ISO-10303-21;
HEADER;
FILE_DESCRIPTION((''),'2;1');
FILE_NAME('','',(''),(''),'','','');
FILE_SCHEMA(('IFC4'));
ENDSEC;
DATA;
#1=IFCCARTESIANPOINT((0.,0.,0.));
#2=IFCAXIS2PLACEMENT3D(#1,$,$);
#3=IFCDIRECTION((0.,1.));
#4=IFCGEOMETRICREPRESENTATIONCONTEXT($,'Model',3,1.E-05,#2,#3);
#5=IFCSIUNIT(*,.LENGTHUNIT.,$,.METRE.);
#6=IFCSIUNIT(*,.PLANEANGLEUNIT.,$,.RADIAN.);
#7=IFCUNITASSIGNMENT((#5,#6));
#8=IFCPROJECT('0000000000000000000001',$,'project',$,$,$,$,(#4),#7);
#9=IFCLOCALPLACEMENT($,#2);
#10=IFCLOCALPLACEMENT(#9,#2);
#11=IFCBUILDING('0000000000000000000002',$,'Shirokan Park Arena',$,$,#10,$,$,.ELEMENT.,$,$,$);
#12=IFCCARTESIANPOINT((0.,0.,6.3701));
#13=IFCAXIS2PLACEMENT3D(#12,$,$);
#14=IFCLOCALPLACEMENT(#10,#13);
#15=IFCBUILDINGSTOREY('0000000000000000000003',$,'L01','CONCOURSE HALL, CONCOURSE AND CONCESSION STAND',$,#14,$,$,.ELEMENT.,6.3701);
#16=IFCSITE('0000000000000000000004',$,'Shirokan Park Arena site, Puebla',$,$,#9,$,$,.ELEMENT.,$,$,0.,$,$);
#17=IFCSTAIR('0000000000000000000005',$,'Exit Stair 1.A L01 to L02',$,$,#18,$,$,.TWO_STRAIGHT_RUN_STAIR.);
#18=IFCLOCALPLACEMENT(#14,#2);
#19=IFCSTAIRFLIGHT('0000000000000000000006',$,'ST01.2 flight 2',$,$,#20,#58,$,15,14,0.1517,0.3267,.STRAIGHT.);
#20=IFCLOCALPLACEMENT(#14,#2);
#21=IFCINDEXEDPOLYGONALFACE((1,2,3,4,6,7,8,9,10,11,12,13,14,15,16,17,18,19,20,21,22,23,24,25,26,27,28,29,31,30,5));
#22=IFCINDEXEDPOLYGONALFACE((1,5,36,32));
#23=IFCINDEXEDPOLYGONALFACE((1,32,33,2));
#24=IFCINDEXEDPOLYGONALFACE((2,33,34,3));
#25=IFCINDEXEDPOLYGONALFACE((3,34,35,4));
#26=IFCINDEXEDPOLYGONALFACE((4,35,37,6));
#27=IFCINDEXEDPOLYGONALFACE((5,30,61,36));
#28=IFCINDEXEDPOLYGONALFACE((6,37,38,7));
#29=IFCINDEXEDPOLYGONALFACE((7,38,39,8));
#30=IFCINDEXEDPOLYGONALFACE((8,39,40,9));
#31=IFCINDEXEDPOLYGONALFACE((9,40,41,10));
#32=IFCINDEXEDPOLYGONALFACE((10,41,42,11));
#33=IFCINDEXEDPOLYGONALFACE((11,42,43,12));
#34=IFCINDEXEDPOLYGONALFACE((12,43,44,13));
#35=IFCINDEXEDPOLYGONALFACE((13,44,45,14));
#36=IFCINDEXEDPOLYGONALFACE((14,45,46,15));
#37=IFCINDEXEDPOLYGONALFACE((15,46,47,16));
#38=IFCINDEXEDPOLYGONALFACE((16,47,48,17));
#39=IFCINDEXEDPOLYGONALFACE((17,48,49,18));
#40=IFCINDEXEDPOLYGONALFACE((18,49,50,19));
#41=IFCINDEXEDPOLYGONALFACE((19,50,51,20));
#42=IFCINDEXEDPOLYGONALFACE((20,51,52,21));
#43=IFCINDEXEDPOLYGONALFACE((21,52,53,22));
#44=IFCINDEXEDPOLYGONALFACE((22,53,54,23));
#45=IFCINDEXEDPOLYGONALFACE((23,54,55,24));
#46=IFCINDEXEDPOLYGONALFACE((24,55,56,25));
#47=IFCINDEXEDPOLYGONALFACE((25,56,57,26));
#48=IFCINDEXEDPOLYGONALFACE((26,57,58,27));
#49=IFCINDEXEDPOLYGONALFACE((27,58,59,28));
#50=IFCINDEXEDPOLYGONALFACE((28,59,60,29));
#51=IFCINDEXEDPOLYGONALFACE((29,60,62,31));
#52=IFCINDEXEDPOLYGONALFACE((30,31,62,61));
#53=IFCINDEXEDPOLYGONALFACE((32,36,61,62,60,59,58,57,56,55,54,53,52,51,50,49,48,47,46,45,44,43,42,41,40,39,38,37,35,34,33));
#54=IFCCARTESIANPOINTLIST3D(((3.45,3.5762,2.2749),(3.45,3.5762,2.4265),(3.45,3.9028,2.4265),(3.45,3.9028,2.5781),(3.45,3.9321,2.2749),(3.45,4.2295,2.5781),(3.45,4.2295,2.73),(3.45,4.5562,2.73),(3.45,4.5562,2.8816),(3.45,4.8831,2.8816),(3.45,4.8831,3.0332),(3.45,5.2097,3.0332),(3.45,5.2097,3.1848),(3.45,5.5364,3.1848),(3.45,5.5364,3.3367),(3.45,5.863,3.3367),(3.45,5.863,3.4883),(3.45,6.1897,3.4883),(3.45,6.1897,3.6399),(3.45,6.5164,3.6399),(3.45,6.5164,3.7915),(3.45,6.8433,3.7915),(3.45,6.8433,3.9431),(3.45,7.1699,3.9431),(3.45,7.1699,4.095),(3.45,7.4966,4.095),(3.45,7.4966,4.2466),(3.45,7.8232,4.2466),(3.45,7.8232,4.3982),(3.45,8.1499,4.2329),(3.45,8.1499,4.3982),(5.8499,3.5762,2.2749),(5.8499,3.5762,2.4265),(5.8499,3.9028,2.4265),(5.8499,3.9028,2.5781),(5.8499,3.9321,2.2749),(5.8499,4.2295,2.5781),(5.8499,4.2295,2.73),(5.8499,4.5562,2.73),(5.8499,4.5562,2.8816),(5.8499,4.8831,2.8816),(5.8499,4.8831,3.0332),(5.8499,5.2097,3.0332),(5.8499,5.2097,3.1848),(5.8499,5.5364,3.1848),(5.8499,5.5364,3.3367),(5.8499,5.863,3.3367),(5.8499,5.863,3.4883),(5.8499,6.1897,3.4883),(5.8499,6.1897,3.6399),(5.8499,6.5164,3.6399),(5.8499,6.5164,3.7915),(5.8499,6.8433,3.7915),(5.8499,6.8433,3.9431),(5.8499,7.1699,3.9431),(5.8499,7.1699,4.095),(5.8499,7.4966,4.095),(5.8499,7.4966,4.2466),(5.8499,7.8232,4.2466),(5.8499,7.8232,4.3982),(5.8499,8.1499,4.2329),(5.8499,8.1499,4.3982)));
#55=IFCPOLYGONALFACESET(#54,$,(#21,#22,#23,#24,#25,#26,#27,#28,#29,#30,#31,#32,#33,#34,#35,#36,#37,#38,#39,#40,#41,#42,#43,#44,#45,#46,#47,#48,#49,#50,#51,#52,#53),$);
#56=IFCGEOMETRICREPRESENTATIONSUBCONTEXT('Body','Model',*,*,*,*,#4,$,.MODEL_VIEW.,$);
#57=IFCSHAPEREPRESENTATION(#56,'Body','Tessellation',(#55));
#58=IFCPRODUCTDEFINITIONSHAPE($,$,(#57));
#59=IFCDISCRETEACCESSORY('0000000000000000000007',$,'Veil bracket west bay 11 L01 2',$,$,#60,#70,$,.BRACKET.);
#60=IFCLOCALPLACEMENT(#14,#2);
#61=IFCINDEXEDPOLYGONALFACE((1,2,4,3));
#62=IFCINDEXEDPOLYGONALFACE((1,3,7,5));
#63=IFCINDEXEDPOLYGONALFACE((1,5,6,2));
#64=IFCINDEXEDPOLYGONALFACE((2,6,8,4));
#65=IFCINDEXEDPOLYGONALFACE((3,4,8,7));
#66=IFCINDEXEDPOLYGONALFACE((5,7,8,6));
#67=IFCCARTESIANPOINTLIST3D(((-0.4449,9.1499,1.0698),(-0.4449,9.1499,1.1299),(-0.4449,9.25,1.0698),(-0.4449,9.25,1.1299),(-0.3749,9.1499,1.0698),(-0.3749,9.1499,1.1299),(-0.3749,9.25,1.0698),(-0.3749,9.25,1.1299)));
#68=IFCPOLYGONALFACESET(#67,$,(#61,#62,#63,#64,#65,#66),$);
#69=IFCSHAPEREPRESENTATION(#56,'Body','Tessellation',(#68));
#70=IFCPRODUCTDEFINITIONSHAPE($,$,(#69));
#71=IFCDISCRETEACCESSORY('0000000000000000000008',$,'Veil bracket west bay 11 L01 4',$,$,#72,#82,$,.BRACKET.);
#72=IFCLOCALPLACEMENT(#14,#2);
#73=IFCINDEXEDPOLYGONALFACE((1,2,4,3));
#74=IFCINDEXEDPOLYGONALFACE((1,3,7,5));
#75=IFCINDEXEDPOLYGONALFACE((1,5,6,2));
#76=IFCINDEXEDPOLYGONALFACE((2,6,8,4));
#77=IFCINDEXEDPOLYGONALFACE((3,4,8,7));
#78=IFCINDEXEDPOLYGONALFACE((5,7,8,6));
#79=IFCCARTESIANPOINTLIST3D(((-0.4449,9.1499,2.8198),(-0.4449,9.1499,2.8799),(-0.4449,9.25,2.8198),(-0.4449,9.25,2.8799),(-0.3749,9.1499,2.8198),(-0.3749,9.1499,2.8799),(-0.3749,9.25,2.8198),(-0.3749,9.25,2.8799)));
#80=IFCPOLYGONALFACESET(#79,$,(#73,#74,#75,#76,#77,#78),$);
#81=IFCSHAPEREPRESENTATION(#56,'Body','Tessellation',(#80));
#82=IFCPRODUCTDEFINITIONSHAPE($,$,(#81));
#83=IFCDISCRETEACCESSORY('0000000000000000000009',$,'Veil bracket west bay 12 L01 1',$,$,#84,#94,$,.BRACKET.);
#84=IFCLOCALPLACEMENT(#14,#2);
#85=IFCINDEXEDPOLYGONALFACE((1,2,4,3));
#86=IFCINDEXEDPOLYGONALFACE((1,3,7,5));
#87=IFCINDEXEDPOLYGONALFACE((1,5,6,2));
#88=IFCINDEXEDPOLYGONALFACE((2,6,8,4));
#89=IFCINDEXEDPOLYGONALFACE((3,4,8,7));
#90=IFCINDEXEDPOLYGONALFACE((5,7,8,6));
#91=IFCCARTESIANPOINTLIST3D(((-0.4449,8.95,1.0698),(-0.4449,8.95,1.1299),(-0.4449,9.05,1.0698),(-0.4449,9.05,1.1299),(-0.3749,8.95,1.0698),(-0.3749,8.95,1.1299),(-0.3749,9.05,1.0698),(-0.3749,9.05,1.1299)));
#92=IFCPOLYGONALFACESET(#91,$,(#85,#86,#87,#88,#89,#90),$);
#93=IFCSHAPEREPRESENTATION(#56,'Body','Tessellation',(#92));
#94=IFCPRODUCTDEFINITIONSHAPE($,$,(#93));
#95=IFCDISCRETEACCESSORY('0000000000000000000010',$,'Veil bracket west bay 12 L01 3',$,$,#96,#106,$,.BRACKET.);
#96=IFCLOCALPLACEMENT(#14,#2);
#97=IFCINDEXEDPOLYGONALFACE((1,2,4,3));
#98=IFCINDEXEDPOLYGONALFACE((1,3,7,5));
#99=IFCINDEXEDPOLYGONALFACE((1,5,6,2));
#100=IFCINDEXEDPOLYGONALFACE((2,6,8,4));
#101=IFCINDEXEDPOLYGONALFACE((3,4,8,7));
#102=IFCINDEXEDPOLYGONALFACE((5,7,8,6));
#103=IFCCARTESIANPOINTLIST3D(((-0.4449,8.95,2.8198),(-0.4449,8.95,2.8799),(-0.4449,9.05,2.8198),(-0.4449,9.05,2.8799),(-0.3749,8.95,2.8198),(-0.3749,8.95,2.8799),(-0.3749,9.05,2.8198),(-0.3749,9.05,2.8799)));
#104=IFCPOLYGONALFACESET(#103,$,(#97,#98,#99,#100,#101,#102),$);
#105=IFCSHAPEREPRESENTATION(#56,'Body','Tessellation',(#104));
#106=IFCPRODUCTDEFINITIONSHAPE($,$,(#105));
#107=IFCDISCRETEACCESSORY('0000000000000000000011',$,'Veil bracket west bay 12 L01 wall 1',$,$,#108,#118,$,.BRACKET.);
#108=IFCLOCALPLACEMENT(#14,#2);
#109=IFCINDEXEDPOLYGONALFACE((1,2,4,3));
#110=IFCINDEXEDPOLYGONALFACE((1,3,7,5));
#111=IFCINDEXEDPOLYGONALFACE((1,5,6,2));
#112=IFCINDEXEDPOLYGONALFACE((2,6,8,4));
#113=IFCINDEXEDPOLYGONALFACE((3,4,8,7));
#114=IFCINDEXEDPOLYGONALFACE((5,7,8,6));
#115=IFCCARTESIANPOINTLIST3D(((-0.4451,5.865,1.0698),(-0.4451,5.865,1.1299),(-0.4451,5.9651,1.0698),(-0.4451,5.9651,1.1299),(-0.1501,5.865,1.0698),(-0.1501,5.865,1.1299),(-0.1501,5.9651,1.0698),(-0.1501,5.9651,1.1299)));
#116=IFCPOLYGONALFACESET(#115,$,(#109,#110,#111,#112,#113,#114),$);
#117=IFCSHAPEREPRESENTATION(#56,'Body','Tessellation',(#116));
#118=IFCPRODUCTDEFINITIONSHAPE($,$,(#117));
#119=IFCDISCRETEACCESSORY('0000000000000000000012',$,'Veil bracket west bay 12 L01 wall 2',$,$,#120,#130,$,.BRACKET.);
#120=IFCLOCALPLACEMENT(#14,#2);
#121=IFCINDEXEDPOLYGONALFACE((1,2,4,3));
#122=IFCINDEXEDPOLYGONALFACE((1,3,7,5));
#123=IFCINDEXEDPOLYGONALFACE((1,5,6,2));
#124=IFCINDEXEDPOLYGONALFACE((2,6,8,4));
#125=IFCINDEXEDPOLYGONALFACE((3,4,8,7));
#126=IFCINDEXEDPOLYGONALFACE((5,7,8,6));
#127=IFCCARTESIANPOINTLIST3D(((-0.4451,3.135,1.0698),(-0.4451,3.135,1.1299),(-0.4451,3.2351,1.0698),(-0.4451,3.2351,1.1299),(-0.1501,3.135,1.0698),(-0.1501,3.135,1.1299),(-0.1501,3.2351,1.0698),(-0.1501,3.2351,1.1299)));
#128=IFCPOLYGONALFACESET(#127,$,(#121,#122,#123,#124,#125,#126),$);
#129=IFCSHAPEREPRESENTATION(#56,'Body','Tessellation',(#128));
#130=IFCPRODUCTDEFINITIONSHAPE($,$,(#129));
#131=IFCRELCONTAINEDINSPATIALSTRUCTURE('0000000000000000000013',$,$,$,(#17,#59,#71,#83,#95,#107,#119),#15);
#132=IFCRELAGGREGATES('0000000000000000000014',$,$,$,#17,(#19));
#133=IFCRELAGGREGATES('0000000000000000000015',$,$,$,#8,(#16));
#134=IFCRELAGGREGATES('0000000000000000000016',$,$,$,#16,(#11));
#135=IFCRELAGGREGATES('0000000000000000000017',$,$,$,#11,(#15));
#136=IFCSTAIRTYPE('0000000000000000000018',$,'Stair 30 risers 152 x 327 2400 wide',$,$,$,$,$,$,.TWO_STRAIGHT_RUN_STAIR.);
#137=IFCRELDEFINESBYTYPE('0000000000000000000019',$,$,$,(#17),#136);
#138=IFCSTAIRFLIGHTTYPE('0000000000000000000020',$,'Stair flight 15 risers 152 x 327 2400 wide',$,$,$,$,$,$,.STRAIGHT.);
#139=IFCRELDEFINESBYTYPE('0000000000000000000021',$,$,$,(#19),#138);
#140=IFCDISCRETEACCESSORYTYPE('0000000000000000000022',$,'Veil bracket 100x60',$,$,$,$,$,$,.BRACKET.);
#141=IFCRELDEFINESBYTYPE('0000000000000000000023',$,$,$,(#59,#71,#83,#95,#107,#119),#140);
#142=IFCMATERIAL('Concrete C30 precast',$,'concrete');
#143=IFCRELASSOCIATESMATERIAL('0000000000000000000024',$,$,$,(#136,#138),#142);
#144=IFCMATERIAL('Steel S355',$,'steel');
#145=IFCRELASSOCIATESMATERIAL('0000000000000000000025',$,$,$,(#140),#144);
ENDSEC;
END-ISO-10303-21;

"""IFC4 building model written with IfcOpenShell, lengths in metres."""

from ifc_helpers import new_model, si_unit, direction, frame, origin, origin_2d, place, context, subcontext, project, spatial, polyline, rectangle, outline, extrude, material, type_object, element, aggregate, save


model = new_model("IFC4")

# Units and contexts
model_context = context("Model", 3, precision=1e-05, world=origin(), true_north=direction((0.0, 1.0)))
body_context = subcontext(model_context, "Body", "Model", "MODEL_VIEW")
ifc_project = project(units=[si_unit("LENGTHUNIT", "METRE"), si_unit("PLANEANGLEUNIT", "RADIAN")], contexts=[model_context])

# Site, building, storey
site_placement = place(None, origin())
site = spatial("IfcSite", under=ifc_project, at=site_placement, Name="Shirokan Park Arena site, Puebla", CompositionType="ELEMENT", RefElevation=0.0)
building_placement = place(site_placement, origin())
building = spatial("IfcBuilding", under=site, at=building_placement, Name="Shirokan Park Arena", CompositionType="ELEMENT")
storey_placement = place(building_placement, frame((0.0, 0.0, 6.3701)))
storey = spatial("IfcBuildingStorey", under=building, at=storey_placement, Name="L01", Description="CONCOURSE HALL, CONCOURSE AND CONCESSION STAND", CompositionType="ELEMENT", Elevation=6.3701)

# Stair, stair flight
ifc_material_1 = material(Name="Concrete C30 precast", Category="concrete")
stair_type = type_object("IfcStairType", Name="Stair 30 risers 152 x 327 2400 wide", PredefinedType="TWO_STRAIGHT_RUN_STAIR", material=ifc_material_1)
stair_placement = place(storey_placement, origin())
stair = element("IfcStair", 1, at=stair_placement, inside=storey, type_object=stair_type, Name="Exit Stair 1.A L01 to L02", PredefinedType="TWO_STRAIGHT_RUN_STAIR")
stair_flight_type = type_object("IfcStairFlightType", Name="Stair flight 15 risers 152 x 327 2400 wide", PredefinedType="STRAIGHT", material=ifc_material_1)
stair_flight_1_placement = place(storey_placement, frame((4.6499, 3.5762, 2.2749), z_axis=(0.0, 0.0, 1.0), x_axis=(0.0, 1.0, 0.0)))
stair_flight_1 = element("IfcStairFlight", 2, at=stair_flight_1_placement, type_object=stair_flight_type, Name="ST01.2 flight 2", NumberOfRisers=15, NumberOfTreads=14, PredefinedType="STRAIGHT", RiserHeight=0.1517, TreadLength=0.3267, context=body_context, shape_type="SweptSolid", body=[
    extrude(outline(polyline([(0.0, 0.0), (0.0, 0.1516), (0.3267, 0.1516), (0.3267, 0.3032), (0.6533, 0.3032), (0.6533, 0.4551), (0.98, 0.4551), (0.98, 0.6067), (1.3069, 0.6067), (1.3069, 0.7583), (1.6335, 0.7583), (1.6335, 0.9099), (1.9602, 0.9099), (1.9602, 1.0618), (2.2869, 1.0618), (2.2869, 1.2134), (2.6135, 1.2134), (2.6135, 1.365), (2.9402, 1.365), (2.9402, 1.5166), (3.2671, 1.5166), (3.2671, 1.6682), (3.5938, 1.6682), (3.5938, 1.8201), (3.9204, 1.8201), (3.9204, 1.9717), (4.2471, 1.9717), (4.2471, 2.1233), (4.5737, 2.1233), (4.5737, 2.2749), (4.5737, 1.958), (0.356, 0.0), (0.0, 0.0)])), frame((0.0, 1.2, 0.0), z_axis=(0.0, -1.0, 0.0), x_axis=(1.0, 0.0, 0.0)), (0.0, 0.0, 1.0), 2.3999),
])
aggregate(stair, [stair_flight_1])

# Discrete accessories
ifc_material_2 = material(Name="Steel S355", Category="steel")
discrete_accessory_type = type_object("IfcDiscreteAccessoryType", Name="Veil bracket 100x60", PredefinedType="BRACKET", material=ifc_material_2)
for number, where, z_axis, x_axis, name in (
    (3, (-0.4099, 9.2, 1.0698), (0.0, 0.0, 1.0), (0.0, -1.0, 0.0), "Veil bracket west bay 11 L01 2"),
    (4, (-0.4099, 9.2, 2.8198), (0.0, 0.0, 1.0), (0.0, -1.0, 0.0), "Veil bracket west bay 11 L01 4"),
    (5, (-0.4099, 9.0, 1.0698), (0.0, 0.0, 1.0), (0.0, -1.0, 0.0), "Veil bracket west bay 12 L01 1"),
    (6, (-0.4099, 9.0, 2.8198), (0.0, 0.0, 1.0), (0.0, -1.0, 0.0), "Veil bracket west bay 12 L01 3"),
):
    element("IfcDiscreteAccessory", number, at=place(storey_placement, frame(where, z_axis=z_axis, x_axis=x_axis)), inside=storey, type_object=discrete_accessory_type, Name=name, PredefinedType="BRACKET", context=body_context, shape_type="SweptSolid", body=[
        extrude(rectangle(XDim=0.1001, YDim=0.0701, at=origin_2d()), origin(), (0.0, 0.0, 1.0), 0.0601),
    ])
for number, where, z_axis, x_axis, name in (
    (7, (-0.2976, 5.915, 1.0698), (0.0, 0.0, 1.0), (0.0, -1.0, 0.0), "Veil bracket west bay 12 L01 wall 1"),
    (8, (-0.2976, 3.1851, 1.0698), (0.0, 0.0, 1.0), (0.0, -1.0, 0.0), "Veil bracket west bay 12 L01 wall 2"),
):
    element("IfcDiscreteAccessory", number, at=place(storey_placement, frame(where, z_axis=z_axis, x_axis=x_axis)), inside=storey, type_object=discrete_accessory_type, Name=name, PredefinedType="BRACKET", context=body_context, shape_type="SweptSolid", body=[
        extrude(rectangle(XDim=0.1001, YDim=0.2949, at=origin_2d()), origin(), (0.0, 0.0, 1.0), 0.0601),
    ])

save(model, "model.ifc")
